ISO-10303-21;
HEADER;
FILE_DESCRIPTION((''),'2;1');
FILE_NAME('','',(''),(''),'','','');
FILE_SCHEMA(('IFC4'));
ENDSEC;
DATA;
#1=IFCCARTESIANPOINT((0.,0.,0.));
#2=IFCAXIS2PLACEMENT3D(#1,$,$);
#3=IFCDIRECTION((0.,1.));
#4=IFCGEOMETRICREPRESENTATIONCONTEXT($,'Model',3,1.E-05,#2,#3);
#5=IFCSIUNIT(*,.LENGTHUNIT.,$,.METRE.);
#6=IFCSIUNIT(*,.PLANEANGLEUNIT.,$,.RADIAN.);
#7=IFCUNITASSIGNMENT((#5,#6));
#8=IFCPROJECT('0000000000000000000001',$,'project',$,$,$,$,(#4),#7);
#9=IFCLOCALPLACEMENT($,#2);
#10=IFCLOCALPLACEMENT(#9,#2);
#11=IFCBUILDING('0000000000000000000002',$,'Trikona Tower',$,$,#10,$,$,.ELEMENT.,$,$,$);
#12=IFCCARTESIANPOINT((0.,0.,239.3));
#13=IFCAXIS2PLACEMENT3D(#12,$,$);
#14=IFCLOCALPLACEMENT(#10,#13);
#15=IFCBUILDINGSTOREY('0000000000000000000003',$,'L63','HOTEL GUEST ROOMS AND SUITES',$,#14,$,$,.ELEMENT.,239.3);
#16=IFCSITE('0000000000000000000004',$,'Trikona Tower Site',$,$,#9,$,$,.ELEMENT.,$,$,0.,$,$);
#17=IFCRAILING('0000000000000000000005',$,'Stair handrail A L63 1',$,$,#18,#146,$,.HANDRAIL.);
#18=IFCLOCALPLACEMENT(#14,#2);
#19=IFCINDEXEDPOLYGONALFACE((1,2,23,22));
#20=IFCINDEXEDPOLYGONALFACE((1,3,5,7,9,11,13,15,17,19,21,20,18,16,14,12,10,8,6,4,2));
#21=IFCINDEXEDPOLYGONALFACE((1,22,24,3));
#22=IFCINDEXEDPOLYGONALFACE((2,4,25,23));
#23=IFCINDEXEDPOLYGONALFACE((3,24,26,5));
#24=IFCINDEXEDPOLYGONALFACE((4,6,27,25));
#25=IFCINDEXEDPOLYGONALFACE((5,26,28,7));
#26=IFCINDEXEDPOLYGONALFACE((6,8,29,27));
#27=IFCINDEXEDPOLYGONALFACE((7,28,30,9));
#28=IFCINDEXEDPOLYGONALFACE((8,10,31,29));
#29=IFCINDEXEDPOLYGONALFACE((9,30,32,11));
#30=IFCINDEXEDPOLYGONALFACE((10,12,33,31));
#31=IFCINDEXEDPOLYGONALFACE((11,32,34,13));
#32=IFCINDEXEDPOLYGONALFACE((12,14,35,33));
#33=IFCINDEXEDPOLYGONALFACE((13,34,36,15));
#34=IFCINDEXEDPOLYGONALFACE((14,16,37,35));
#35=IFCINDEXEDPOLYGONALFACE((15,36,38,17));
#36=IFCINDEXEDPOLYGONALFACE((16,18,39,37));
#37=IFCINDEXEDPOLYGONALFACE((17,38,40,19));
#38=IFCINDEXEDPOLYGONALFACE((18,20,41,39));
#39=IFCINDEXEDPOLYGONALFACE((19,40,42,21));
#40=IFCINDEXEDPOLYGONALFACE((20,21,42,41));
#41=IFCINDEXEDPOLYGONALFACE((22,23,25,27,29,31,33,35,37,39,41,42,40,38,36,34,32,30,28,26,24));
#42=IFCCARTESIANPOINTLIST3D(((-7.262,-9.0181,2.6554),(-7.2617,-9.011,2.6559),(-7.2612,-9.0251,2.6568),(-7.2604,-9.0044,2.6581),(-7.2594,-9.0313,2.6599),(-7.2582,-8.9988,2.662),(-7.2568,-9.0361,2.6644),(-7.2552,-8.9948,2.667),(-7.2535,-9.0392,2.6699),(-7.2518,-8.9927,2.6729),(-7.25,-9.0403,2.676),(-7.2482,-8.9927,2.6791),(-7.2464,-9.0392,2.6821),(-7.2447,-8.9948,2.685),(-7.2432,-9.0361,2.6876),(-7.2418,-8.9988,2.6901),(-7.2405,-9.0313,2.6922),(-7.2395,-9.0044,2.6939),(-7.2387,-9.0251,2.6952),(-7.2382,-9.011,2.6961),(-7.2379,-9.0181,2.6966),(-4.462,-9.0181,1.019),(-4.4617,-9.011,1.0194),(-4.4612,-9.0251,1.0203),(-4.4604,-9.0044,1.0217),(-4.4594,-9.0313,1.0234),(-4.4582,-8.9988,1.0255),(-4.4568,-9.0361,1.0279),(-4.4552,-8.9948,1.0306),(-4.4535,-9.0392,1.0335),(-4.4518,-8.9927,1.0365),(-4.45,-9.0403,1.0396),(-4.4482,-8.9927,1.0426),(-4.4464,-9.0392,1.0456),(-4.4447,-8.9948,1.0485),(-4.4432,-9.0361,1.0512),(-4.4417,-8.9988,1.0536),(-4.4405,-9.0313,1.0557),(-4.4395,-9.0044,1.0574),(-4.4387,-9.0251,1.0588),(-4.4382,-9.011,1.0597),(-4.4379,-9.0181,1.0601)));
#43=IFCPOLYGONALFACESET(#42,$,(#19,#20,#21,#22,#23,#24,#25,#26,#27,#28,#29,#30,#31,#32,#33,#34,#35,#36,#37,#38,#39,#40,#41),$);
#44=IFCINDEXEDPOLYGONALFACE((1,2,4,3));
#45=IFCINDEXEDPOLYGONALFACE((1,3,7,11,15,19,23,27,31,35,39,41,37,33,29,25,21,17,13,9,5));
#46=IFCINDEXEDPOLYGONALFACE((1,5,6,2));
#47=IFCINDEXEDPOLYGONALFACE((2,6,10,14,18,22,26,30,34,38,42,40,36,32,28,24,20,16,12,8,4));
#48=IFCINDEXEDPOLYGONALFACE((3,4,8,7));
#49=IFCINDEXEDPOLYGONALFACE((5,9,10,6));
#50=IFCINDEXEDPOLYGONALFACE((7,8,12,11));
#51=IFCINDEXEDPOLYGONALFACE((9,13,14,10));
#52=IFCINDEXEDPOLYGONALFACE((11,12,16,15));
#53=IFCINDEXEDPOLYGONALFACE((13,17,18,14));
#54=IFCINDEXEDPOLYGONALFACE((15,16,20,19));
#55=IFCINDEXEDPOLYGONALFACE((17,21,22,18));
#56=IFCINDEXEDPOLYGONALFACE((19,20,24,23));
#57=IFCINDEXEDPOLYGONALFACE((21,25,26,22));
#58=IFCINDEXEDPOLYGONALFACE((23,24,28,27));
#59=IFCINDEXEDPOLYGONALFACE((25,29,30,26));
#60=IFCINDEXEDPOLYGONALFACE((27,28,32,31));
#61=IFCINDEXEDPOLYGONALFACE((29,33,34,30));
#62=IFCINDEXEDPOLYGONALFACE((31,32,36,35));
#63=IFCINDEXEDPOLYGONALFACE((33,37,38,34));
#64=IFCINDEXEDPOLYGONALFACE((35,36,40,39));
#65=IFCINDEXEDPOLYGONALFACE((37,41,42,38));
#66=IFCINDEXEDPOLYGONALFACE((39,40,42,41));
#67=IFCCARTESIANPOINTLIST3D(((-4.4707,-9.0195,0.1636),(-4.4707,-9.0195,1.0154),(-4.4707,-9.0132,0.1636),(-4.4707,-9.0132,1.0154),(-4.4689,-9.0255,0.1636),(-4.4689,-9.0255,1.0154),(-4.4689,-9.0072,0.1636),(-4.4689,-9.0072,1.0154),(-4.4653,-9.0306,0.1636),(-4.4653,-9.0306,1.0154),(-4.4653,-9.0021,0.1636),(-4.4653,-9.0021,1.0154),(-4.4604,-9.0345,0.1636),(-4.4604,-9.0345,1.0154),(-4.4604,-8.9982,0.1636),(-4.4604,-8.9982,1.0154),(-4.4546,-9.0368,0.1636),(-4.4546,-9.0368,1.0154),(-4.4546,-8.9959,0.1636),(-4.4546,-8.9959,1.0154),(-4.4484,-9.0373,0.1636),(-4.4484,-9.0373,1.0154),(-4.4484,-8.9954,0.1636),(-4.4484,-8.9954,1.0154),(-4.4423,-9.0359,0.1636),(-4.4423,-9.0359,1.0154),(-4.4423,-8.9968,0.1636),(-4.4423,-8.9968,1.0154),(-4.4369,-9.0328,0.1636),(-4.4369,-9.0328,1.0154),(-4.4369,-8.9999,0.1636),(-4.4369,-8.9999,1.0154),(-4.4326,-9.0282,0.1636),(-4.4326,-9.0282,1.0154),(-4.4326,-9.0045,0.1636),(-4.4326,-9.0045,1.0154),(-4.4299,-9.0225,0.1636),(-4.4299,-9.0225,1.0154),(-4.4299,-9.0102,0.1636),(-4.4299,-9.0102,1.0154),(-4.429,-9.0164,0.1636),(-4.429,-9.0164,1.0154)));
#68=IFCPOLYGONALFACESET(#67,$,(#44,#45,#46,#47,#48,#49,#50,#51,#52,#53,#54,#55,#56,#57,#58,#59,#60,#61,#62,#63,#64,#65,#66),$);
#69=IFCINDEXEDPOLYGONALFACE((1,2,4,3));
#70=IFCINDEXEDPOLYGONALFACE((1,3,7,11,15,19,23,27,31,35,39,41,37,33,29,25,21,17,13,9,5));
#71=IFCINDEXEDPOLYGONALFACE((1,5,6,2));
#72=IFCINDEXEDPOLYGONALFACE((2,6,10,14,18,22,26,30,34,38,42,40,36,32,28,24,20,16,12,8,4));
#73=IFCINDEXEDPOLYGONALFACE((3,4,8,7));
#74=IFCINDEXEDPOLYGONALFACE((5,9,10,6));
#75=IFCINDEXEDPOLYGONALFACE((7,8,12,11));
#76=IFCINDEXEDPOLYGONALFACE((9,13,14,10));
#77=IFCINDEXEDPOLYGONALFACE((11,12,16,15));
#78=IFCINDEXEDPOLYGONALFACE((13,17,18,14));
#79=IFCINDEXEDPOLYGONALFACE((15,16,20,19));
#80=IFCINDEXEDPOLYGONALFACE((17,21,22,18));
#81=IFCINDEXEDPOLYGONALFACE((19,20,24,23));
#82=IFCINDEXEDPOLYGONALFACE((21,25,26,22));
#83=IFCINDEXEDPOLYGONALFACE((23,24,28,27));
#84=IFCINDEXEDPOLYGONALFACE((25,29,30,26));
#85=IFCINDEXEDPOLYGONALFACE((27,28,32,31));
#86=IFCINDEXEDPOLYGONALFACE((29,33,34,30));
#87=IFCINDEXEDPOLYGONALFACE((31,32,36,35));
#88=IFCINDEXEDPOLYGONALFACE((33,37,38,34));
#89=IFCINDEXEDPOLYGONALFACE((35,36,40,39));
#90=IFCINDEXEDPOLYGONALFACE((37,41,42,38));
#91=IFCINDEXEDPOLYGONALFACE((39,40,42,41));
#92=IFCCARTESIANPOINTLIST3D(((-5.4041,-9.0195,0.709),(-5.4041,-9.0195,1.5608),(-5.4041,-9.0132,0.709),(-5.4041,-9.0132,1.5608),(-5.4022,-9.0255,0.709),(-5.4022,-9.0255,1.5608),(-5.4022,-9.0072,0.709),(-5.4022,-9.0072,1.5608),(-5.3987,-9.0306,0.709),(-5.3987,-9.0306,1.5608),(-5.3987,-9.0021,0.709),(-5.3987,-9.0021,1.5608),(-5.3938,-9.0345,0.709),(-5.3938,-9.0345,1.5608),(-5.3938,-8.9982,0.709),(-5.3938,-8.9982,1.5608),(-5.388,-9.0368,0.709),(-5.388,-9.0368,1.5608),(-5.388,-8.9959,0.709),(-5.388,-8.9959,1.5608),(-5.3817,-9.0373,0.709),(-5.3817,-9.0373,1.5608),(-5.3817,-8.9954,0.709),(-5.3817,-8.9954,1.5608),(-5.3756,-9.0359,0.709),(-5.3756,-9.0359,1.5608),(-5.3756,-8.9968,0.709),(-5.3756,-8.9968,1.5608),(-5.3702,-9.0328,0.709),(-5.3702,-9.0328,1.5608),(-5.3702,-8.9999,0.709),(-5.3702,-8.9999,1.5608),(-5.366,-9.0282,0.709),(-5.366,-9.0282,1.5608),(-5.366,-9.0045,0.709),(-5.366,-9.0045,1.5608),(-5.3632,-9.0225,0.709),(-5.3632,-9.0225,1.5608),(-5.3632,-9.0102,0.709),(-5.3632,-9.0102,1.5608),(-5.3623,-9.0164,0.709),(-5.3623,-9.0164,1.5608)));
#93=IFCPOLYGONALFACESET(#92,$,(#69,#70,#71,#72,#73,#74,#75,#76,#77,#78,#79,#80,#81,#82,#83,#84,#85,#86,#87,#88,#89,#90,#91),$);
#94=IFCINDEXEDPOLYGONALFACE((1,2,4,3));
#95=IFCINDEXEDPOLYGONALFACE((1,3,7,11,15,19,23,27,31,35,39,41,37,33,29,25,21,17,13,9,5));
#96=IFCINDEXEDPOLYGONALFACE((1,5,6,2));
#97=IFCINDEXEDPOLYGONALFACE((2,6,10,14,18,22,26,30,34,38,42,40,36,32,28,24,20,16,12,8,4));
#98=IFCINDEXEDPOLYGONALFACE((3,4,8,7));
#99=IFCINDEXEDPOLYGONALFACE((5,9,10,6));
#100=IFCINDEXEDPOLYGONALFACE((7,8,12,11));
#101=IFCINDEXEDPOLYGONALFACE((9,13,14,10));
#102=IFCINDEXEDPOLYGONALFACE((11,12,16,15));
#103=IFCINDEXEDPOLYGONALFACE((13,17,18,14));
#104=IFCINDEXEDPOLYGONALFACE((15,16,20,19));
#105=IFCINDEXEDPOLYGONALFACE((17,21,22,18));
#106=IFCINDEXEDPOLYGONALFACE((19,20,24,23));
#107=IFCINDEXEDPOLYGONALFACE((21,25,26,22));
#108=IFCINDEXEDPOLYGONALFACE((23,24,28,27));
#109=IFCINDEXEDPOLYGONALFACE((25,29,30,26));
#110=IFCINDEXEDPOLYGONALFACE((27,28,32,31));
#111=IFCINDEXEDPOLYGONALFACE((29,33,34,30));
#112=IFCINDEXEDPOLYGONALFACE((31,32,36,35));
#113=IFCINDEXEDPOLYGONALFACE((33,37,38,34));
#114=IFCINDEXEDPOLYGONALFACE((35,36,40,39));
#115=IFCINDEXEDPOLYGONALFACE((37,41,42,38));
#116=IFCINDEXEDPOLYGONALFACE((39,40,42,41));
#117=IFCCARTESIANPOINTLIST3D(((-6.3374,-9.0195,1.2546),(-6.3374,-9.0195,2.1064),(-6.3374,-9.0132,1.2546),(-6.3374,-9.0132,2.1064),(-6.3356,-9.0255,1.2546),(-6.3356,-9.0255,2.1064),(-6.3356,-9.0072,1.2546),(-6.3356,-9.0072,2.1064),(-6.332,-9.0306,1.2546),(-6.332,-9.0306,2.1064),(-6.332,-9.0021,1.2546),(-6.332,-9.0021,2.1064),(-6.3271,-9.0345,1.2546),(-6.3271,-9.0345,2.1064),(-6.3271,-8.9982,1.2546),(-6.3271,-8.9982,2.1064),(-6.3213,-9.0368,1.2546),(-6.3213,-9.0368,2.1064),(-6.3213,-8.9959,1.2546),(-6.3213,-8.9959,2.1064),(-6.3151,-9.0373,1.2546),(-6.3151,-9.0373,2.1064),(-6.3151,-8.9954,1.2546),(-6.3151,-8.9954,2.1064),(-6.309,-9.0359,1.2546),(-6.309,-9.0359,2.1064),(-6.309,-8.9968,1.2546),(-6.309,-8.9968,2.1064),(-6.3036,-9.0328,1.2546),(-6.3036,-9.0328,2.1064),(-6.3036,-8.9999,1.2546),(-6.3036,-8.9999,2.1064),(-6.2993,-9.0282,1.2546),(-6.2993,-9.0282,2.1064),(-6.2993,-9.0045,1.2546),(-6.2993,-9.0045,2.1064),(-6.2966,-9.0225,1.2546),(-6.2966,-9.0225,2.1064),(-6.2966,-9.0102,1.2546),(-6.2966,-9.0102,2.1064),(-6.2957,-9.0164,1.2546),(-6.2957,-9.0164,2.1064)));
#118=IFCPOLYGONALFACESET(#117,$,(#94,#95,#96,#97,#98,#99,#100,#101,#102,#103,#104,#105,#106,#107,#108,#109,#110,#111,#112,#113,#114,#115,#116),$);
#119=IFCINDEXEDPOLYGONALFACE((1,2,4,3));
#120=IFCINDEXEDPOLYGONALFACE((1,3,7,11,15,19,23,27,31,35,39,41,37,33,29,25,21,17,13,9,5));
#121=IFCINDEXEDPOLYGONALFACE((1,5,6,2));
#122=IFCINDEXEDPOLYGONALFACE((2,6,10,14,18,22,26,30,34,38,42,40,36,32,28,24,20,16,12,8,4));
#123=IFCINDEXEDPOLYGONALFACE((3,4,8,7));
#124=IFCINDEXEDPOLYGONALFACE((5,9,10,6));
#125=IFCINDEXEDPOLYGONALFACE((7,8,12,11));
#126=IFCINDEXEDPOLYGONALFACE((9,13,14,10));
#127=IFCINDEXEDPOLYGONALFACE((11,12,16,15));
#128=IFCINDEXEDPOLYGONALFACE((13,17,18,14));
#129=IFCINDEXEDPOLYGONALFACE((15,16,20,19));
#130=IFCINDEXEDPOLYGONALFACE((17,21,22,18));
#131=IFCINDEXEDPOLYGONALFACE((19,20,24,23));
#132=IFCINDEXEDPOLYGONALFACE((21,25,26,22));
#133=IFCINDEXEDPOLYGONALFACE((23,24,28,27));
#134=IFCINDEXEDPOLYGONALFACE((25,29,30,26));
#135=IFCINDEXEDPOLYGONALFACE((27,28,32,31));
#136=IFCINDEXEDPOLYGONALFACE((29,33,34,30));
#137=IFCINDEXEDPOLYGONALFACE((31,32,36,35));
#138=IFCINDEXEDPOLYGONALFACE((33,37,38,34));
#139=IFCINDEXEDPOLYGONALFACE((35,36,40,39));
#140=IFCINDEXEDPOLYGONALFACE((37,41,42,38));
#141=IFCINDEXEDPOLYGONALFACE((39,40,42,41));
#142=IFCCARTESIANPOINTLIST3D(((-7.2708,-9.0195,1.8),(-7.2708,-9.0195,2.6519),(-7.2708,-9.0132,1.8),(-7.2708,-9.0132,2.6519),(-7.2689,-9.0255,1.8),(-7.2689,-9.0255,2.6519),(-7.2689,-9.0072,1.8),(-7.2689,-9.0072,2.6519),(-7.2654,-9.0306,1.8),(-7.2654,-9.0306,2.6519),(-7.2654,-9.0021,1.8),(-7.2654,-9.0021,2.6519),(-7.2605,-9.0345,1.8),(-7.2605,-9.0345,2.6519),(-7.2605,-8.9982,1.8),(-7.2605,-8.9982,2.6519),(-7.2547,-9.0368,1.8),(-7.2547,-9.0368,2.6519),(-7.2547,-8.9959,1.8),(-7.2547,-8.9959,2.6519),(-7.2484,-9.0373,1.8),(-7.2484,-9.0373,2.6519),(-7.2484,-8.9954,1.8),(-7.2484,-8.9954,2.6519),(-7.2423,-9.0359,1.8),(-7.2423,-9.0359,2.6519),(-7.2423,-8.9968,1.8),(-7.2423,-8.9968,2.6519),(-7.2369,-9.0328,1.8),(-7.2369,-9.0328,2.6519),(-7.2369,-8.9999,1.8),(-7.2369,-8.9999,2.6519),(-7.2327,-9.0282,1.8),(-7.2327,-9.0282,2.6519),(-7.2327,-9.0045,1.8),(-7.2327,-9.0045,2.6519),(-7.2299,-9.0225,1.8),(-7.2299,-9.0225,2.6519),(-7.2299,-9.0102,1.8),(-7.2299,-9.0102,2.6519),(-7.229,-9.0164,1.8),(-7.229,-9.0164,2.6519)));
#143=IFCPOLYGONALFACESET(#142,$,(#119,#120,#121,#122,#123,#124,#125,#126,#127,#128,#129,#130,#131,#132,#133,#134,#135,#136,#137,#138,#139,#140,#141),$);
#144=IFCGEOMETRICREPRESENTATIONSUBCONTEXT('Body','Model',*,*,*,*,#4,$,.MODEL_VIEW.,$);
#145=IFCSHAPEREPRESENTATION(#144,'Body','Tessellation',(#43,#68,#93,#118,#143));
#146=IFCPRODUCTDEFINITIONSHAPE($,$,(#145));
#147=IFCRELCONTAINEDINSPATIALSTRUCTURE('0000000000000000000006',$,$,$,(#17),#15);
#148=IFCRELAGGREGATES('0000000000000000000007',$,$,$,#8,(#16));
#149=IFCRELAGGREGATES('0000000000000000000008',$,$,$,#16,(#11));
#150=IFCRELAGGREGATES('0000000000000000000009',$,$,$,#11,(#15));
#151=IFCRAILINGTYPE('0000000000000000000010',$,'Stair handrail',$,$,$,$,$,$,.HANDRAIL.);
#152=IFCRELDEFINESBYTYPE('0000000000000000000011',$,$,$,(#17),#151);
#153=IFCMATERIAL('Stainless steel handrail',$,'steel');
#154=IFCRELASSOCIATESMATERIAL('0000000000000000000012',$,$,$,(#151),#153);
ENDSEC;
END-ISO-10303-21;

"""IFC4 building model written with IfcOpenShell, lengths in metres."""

from ifc_helpers import new_model, si_unit, direction, frame, origin, origin_2d, place, context, subcontext, project, spatial, circle, extrude, material, type_object, element, save


model = new_model("IFC4")

# Units and contexts
model_context = context("Model", 3, precision=1e-05, world=origin(), true_north=direction((0.0, 1.0)))
body_context = subcontext(model_context, "Body", "Model", "MODEL_VIEW")
ifc_project = project(units=[si_unit("LENGTHUNIT", "METRE"), si_unit("PLANEANGLEUNIT", "RADIAN")], contexts=[model_context])

# Site, building, storey
site_placement = place(None, origin())
site = spatial("IfcSite", under=ifc_project, at=site_placement, Name="Trikona Tower Site", CompositionType="ELEMENT", RefElevation=0.0)
building_placement = place(site_placement, origin())
building = spatial("IfcBuilding", under=site, at=building_placement, Name="Trikona Tower", CompositionType="ELEMENT")
storey_placement = place(building_placement, frame((0.0, 0.0, 239.3)))
storey = spatial("IfcBuildingStorey", under=building, at=storey_placement, Name="L63", Description="HOTEL GUEST ROOMS AND SUITES", CompositionType="ELEMENT", Elevation=239.3)

# Railing
ifc_material_1 = material(Name="Stainless steel handrail", Category="steel")
railing_type = type_object("IfcRailingType", Name="Stair handrail", PredefinedType="HANDRAIL", material=ifc_material_1)
railing_1_placement = place(storey_placement, frame((-4.45, -9.0164, 0.1636)))
element("IfcRailing", 1, at=railing_1_placement, inside=storey, type_object=railing_type, Name="Stair handrail A L63 1", PredefinedType="HANDRAIL", context=body_context, shape_type="SweptSolid", body=[
    extrude(circle(Radius=0.0239, at=origin_2d()), frame((0.0, 0.0, 0.876), z_axis=(-0.863361, 0.0, 0.504587), x_axis=(0.0, -1.0, 0.0)), (0.0, 0.0, 1.0), 3.2432),
    extrude(circle(Radius=0.021, at=origin_2d()), origin(), (0.0, 0.0, 1.0), 0.8518),
    extrude(circle(Radius=0.021, at=origin_2d()), frame((-0.9333, 0.0, 0.5454)), (0.0, 0.0, 1.0), 0.8518),
    extrude(circle(Radius=0.021, at=origin_2d()), frame((-1.8667, 0.0, 1.0911)), (0.0, 0.0, 1.0), 0.8518),
    extrude(circle(Radius=0.021, at=origin_2d()), frame((-2.8, 0.0, 1.6365)), (0.0, 0.0, 1.0), 0.8518),
])

save(model, "model.ifc")
